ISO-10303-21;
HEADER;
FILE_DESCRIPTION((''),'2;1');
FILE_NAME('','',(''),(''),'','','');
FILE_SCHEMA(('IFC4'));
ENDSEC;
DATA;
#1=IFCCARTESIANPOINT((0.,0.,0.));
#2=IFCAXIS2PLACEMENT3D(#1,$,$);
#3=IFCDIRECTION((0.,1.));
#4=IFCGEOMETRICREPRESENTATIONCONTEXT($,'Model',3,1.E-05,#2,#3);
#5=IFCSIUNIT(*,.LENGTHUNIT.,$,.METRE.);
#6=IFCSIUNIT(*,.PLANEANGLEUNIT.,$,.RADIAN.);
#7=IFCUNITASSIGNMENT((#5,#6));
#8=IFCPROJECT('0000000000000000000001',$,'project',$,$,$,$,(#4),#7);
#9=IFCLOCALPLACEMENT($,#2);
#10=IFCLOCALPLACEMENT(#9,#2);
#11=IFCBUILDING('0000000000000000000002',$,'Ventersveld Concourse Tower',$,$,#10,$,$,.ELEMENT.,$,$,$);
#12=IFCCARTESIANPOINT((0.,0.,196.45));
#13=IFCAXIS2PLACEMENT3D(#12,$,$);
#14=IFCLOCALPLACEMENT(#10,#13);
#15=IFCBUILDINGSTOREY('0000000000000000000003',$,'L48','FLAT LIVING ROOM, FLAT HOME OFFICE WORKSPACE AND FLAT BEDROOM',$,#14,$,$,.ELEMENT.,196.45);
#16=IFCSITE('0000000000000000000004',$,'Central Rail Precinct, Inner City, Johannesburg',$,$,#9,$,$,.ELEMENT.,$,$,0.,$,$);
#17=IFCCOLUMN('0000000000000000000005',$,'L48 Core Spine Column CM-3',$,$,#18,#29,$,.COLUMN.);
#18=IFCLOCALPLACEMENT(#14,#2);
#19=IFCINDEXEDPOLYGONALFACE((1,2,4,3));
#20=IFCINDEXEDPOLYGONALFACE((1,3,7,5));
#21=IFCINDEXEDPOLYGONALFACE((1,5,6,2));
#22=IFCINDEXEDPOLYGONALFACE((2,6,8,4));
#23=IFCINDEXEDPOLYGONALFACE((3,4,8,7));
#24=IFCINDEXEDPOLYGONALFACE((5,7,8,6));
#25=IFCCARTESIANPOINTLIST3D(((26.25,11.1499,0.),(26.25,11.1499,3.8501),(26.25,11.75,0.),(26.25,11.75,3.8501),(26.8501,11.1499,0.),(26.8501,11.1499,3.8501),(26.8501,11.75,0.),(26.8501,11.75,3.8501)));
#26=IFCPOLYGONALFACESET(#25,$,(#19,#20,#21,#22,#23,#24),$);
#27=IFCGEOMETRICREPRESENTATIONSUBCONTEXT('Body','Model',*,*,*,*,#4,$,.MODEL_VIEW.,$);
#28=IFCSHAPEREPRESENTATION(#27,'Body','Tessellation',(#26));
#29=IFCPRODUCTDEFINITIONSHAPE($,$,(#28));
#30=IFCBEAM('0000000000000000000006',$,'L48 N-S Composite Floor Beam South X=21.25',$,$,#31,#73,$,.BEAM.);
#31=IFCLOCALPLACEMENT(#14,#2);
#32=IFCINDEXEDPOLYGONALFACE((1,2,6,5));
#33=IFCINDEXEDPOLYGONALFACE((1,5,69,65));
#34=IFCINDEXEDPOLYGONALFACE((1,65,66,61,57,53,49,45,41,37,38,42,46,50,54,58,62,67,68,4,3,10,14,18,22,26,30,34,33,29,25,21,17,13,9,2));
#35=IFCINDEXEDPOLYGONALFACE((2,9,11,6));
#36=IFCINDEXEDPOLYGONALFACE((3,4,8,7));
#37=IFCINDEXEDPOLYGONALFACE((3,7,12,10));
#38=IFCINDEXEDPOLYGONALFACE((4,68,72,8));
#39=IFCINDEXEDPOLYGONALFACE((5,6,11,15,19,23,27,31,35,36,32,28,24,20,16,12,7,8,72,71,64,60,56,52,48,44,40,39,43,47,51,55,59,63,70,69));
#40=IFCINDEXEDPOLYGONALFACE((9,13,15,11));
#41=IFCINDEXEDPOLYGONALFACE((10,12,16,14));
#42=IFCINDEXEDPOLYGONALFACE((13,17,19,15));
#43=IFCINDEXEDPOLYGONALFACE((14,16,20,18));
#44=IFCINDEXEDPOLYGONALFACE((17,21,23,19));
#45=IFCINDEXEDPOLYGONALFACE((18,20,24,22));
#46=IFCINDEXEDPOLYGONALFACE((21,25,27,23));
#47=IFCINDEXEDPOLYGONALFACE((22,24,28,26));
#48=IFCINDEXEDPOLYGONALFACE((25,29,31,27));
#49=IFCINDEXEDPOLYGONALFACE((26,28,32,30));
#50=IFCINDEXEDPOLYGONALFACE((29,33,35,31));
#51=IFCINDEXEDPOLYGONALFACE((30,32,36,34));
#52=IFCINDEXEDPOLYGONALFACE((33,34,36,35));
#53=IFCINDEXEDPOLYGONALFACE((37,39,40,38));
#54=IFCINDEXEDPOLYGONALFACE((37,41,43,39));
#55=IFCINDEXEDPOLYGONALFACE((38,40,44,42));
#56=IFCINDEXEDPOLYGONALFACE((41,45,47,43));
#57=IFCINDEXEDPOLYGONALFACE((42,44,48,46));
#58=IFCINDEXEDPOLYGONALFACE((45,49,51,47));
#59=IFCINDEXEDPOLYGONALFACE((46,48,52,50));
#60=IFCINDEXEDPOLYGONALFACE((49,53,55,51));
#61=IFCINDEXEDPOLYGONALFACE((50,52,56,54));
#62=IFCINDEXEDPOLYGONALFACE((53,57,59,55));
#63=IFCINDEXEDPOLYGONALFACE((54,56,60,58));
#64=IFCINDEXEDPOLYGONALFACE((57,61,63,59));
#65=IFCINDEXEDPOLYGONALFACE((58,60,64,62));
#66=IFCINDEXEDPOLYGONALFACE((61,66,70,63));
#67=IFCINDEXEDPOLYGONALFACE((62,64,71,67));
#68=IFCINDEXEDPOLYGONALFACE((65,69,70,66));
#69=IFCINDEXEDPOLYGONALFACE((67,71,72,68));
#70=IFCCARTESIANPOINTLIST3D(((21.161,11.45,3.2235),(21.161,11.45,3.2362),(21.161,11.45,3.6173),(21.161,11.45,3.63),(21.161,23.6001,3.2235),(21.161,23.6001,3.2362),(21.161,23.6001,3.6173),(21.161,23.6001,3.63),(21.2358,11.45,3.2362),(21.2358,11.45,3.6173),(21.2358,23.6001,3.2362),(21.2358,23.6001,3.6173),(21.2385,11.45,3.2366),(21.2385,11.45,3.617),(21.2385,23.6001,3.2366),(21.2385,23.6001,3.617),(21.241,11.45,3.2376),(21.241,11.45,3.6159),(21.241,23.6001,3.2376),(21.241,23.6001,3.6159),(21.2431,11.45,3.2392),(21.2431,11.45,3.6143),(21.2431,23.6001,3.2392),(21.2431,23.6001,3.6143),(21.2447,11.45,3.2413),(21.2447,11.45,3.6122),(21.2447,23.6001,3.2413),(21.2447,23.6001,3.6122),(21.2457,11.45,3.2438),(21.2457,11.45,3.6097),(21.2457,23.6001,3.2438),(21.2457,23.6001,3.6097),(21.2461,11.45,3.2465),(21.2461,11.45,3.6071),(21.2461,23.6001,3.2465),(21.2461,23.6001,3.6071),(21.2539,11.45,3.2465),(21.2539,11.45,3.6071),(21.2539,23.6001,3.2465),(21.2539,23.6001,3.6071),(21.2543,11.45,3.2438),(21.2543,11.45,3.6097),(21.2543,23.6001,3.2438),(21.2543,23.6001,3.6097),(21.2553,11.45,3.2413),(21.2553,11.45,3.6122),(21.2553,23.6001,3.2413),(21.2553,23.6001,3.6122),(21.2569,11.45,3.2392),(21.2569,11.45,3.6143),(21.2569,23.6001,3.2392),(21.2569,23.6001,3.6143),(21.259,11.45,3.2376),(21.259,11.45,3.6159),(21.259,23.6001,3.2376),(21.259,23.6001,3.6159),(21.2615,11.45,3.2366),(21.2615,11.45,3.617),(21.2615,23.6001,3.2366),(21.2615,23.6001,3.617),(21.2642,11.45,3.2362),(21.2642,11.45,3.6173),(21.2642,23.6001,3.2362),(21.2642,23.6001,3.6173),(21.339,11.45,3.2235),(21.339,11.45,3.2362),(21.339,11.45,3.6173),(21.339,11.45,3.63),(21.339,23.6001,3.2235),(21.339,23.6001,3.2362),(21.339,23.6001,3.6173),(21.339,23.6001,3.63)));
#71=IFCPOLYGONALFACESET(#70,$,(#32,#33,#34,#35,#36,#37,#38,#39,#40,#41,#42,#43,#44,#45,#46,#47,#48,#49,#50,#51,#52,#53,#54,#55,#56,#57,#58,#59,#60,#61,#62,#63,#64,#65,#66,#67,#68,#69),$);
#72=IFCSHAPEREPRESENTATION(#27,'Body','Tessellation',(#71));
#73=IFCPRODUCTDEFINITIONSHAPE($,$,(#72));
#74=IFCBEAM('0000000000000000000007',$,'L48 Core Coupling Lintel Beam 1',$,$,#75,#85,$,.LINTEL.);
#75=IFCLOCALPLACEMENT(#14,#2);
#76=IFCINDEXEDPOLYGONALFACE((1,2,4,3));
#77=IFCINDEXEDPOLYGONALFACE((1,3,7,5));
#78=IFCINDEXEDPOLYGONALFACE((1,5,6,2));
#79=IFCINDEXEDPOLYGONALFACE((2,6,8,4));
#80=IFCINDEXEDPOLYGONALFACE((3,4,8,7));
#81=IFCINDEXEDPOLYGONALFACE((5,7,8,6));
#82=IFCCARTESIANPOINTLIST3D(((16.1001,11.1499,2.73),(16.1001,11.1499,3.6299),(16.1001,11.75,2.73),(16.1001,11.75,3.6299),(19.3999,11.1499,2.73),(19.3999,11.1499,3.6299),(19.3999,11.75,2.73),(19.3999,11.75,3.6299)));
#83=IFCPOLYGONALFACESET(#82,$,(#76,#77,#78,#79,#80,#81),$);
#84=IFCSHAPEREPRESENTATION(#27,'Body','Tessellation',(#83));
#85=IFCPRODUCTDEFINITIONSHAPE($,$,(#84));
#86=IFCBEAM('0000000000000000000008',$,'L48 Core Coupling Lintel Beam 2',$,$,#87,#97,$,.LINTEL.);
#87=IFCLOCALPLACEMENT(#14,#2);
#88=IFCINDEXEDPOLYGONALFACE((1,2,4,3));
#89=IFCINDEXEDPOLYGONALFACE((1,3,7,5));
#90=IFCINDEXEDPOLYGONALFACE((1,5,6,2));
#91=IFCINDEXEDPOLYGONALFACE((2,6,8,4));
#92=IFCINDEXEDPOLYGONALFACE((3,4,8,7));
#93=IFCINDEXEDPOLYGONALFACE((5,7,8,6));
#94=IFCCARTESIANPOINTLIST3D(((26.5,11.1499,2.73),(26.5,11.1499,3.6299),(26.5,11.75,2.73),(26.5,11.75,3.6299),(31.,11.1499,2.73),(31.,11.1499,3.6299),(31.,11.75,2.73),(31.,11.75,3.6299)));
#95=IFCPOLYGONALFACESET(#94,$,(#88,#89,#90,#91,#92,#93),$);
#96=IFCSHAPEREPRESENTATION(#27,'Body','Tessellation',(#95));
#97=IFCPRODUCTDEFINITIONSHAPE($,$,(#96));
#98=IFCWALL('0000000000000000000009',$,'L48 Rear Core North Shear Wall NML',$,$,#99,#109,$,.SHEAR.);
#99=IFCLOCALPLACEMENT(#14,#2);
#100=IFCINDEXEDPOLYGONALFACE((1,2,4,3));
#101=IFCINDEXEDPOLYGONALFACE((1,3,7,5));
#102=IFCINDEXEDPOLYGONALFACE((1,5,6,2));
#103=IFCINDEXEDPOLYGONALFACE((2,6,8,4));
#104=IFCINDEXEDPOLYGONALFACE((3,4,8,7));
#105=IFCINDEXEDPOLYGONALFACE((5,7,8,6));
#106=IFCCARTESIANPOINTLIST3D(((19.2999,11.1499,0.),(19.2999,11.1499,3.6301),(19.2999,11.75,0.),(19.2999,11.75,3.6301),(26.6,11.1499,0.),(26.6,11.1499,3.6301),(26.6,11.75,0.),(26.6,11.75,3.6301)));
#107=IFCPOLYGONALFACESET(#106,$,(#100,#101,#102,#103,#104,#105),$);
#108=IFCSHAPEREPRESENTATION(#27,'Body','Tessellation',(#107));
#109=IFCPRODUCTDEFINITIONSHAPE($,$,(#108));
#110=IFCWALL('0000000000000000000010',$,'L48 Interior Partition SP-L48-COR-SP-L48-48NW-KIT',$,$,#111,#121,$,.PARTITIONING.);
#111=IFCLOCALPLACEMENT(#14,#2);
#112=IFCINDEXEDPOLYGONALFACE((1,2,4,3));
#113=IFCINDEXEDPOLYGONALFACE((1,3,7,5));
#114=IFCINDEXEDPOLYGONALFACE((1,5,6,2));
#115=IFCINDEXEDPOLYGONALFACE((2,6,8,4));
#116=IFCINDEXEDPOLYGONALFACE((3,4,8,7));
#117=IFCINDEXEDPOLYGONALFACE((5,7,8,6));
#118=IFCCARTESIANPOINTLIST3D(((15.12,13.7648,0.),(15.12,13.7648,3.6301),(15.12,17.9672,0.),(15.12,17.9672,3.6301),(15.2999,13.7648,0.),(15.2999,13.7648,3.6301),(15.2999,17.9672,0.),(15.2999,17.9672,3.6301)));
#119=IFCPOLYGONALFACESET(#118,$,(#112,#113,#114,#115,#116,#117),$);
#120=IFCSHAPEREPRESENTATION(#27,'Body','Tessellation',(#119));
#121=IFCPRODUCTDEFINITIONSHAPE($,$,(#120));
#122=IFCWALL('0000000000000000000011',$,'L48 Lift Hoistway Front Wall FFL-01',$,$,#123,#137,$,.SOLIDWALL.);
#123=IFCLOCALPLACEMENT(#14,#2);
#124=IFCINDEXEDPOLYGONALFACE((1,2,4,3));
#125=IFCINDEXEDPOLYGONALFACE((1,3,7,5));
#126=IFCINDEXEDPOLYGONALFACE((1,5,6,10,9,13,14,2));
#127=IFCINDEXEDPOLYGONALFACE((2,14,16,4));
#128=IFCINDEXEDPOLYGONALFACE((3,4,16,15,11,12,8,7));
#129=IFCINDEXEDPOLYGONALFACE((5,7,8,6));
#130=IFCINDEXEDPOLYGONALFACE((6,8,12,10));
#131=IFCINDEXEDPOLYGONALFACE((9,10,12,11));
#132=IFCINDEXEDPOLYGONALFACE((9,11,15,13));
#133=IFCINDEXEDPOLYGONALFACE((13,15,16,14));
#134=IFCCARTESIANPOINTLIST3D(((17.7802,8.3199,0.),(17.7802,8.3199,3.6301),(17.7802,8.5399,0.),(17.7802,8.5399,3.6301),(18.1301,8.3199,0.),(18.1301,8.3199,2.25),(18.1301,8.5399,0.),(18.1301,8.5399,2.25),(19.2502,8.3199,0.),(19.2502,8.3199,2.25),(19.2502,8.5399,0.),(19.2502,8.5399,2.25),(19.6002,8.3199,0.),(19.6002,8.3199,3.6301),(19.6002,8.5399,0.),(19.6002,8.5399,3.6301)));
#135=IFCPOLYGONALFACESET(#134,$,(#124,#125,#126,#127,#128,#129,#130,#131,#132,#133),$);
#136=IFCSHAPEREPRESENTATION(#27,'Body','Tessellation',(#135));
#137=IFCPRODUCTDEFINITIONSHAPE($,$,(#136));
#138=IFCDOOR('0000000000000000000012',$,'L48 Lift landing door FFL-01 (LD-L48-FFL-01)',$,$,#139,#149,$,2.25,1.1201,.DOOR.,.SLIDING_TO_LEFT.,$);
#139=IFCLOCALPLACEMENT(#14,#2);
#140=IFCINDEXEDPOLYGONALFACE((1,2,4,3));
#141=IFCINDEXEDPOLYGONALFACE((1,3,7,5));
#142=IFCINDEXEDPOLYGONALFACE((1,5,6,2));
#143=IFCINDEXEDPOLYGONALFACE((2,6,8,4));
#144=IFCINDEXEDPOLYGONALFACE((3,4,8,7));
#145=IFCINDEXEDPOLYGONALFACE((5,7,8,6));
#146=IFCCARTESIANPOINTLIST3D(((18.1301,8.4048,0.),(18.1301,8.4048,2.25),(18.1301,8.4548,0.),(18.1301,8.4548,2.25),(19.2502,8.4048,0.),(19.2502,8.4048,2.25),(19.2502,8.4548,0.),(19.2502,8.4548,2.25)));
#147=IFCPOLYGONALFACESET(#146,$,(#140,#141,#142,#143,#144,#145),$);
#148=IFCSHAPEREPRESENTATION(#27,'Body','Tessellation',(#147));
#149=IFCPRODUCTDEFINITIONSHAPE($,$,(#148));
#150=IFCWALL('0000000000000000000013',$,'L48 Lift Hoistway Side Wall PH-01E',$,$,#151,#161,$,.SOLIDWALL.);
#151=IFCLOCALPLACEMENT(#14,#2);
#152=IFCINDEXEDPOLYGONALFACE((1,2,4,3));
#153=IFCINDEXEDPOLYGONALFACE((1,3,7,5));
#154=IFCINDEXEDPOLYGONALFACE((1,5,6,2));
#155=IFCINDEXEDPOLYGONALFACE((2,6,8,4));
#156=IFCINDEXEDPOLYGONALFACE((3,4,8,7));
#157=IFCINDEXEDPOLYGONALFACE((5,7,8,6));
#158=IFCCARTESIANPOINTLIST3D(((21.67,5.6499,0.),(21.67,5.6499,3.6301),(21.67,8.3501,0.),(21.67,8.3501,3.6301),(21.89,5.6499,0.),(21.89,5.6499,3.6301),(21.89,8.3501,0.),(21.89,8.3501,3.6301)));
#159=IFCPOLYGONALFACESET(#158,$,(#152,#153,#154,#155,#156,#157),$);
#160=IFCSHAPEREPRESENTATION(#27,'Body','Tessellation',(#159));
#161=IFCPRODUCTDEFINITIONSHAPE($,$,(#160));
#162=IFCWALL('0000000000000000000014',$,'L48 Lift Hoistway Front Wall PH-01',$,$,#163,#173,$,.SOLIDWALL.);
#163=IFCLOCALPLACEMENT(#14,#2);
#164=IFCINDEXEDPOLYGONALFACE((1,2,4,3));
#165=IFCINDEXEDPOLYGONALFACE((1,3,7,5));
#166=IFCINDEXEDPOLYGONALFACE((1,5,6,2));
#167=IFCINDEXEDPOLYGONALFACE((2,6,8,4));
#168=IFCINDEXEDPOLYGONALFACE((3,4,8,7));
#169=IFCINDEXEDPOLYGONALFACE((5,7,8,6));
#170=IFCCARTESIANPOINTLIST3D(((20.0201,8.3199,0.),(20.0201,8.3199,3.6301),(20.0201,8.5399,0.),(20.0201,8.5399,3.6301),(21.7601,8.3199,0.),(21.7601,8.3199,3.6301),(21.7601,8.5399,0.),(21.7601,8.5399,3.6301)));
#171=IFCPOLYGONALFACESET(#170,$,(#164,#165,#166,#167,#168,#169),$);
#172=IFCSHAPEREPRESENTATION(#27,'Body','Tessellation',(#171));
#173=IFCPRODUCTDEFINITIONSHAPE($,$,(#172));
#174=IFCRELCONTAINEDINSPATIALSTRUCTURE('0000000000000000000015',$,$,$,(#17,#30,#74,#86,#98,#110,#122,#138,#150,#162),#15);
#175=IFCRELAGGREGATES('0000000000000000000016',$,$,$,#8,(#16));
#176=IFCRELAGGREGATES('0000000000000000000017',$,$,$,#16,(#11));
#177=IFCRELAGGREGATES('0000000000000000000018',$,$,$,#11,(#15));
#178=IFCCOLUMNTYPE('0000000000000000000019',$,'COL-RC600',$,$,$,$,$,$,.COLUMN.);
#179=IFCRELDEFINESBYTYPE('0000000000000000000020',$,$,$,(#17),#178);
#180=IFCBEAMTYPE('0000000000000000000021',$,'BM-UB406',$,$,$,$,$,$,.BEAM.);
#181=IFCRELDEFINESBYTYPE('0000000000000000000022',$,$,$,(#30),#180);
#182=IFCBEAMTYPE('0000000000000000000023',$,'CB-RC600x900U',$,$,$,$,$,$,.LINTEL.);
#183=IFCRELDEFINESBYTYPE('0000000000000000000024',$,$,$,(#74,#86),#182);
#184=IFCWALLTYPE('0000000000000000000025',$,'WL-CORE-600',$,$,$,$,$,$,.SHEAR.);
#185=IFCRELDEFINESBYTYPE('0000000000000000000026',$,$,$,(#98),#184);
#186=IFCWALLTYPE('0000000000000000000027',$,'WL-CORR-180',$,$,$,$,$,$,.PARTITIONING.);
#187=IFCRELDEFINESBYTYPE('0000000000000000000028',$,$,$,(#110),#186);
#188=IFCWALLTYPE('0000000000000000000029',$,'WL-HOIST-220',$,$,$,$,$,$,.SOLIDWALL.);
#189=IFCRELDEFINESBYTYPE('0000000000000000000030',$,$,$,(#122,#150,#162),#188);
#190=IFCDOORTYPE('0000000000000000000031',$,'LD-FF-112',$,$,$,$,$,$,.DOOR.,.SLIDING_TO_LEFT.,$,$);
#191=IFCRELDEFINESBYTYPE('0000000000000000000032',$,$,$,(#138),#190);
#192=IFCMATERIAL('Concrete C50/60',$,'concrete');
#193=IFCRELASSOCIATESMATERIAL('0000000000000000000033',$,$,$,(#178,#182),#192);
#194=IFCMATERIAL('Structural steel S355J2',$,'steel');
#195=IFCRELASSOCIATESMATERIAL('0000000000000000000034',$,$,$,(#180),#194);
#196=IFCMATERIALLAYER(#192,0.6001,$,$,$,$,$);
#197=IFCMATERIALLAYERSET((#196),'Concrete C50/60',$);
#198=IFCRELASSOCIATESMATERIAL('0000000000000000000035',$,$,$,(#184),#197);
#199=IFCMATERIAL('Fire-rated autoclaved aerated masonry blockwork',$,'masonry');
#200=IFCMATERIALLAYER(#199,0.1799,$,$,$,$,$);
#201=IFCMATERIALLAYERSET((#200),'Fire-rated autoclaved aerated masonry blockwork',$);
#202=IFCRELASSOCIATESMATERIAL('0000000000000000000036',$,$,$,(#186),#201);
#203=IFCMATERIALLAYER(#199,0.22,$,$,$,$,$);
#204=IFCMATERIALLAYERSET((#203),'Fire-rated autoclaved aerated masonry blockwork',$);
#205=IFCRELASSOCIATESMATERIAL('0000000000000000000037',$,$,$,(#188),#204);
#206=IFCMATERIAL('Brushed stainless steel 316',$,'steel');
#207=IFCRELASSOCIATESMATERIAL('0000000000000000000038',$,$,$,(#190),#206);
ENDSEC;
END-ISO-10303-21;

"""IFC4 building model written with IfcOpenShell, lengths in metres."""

from ifc_helpers import new_model, si_unit, direction, frame, frame_2d, origin, origin_2d, place, context, subcontext, project, spatial, rectangle, i_section, extrude, material, layer, layer_set, material_profile, profile_set, type_object, element, fill, save


model = new_model("IFC4")

# Units and contexts
model_context = context("Model", 3, precision=1e-05, world=origin(), true_north=direction((0.0, 1.0)))
body_context = subcontext(model_context, "Body", "Model", "MODEL_VIEW")
ifc_project = project(units=[si_unit("LENGTHUNIT", "METRE"), si_unit("PLANEANGLEUNIT", "RADIAN")], contexts=[model_context])

# Site, building, storey
site_placement = place(None, origin())
site = spatial("IfcSite", under=ifc_project, at=site_placement, Name="Central Rail Precinct, Inner City, Johannesburg", CompositionType="ELEMENT", RefElevation=0.0)
building_placement = place(site_placement, origin())
building = spatial("IfcBuilding", under=site, at=building_placement, Name="Ventersveld Concourse Tower", CompositionType="ELEMENT")
storey_placement = place(building_placement, frame((0.0, 0.0, 196.45)))
storey = spatial("IfcBuildingStorey", under=building, at=storey_placement, Name="L48", Description="FLAT LIVING ROOM, FLAT HOME OFFICE WORKSPACE AND FLAT BEDROOM", CompositionType="ELEMENT", Elevation=196.45)

# Column
ifc_material_1 = material(Name="Concrete C50/60", Category="concrete")
ifc_material_profile_1 = material_profile(ifc_material_1, rectangle(XDim=0.6001, YDim=0.6001, at=origin_2d()), Name="RC 600x600")
ifc_profile_set_1 = profile_set([ifc_material_profile_1], Name="Concrete C50/60")
column_type = type_object("IfcColumnType", Name="COL-RC600", PredefinedType="COLUMN", material=ifc_profile_set_1)
column_placement = place(storey_placement, frame((26.55, 11.45, 0.0), z_axis=(0.0, 0.0, 1.0), x_axis=(1.0, 0.0, 0.0)))
element("IfcColumn", 1, at=column_placement, inside=storey, type_object=column_type, Name="L48 Core Spine Column CM-3", PredefinedType="COLUMN", context=body_context, shape_type="SweptSolid", body=[
    extrude(rectangle(XDim=0.6001, YDim=0.6001, at=origin_2d()), origin(), (0.0, 0.0, 1.0), 3.8501),
])

# Beams
ifc_material_2 = material(Name="Structural steel S355J2", Category="steel")
ifc_material_profile_2 = material_profile(ifc_material_2, i_section(OverallWidth=0.178, OverallDepth=0.4065, WebThickness=0.0078, FlangeThickness=0.0127, FilletRadius=0.0103, at=origin_2d()), Name="UB 406x178x60")
ifc_profile_set_2 = profile_set([ifc_material_profile_2], Name="Structural steel S355J2")
beam_type_1 = type_object("IfcBeamType", Name="BM-UB406", PredefinedType="BEAM", material=ifc_profile_set_2)
beam_1_placement = place(storey_placement, frame((21.25, 11.45, 3.4268), z_axis=(0.0, 1.0, 0.0), x_axis=(-1.0, 0.0, 0.0)))
element("IfcBeam", 2, at=beam_1_placement, inside=storey, type_object=beam_type_1, Name="L48 N-S Composite Floor Beam South X=21.25", PredefinedType="BEAM", context=body_context, shape_type="SweptSolid", body=[
    extrude(i_section(OverallWidth=0.178, OverallDepth=0.4065, WebThickness=0.0078, FlangeThickness=0.0127, FilletRadius=0.0103, at=origin_2d()), origin(), (0.0, 0.0, 1.0), 12.1501),
])
ifc_material_profile_3 = material_profile(ifc_material_1, rectangle(XDim=0.6001, YDim=0.8999, at=origin_2d()), Name="RC 600x900")
ifc_profile_set_3 = profile_set([ifc_material_profile_3], Name="Concrete C50/60")
beam_type_2 = type_object("IfcBeamType", Name="CB-RC600x900U", PredefinedType="LINTEL", material=ifc_profile_set_3)
beam_2_placement = place(storey_placement, frame((16.1001, 11.45, 3.1799), z_axis=(1.0, 0.0, 0.0), x_axis=(0.0, 1.0, 0.0)))
element("IfcBeam", 3, at=beam_2_placement, inside=storey, type_object=beam_type_2, Name="L48 Core Coupling Lintel Beam 1", PredefinedType="LINTEL", context=body_context, shape_type="SweptSolid", body=[
    extrude(rectangle(XDim=0.6001, YDim=0.8999, at=origin_2d()), origin(), (0.0, 0.0, 1.0), 3.2998),
])
beam_3_placement = place(storey_placement, frame((26.5, 11.45, 3.1799), z_axis=(1.0, 0.0, 0.0), x_axis=(0.0, 1.0, 0.0)))
element("IfcBeam", 4, at=beam_3_placement, inside=storey, type_object=beam_type_2, Name="L48 Core Coupling Lintel Beam 2", PredefinedType="LINTEL", context=body_context, shape_type="SweptSolid", body=[
    extrude(rectangle(XDim=0.6001, YDim=0.8999, at=origin_2d()), origin(), (0.0, 0.0, 1.0), 4.5),
])

# Walls
ifc_layer_1 = layer(ifc_material_1, 0.6001)
ifc_layer_set_1 = layer_set([ifc_layer_1], Name="Concrete C50/60")
wall_type_1 = type_object("IfcWallType", Name="WL-CORE-600", PredefinedType="SHEAR", material=ifc_layer_set_1)
wall_1_placement = place(storey_placement, frame((19.3, 11.45, 0.0), z_axis=(0.0, 0.0, 1.0), x_axis=(1.0, 0.0, 0.0)))
element("IfcWall", 5, at=wall_1_placement, inside=storey, type_object=wall_type_1, Name="L48 Rear Core North Shear Wall NML", PredefinedType="SHEAR", context=body_context, shape_type="SweptSolid", body=[
    extrude(rectangle(XDim=7.3, YDim=0.6001, at=frame_2d((3.6499, 0.0))), origin(), (0.0, 0.0, 1.0), 3.6301),
])
ifc_material_3 = material(Name="Fire-rated autoclaved aerated masonry blockwork", Category="masonry")
ifc_layer_2 = layer(ifc_material_3, 0.1799)
ifc_layer_set_2 = layer_set([ifc_layer_2], Name="Fire-rated autoclaved aerated masonry blockwork")
wall_type_2 = type_object("IfcWallType", Name="WL-CORR-180", PredefinedType="PARTITIONING", material=ifc_layer_set_2)
wall_2_placement = place(storey_placement, frame((15.21, 13.7649, 0.0), z_axis=(0.0, 0.0, 1.0), x_axis=(0.0, 1.0, 0.0)))
element("IfcWall", 6, at=wall_2_placement, inside=storey, type_object=wall_type_2, Name="L48 Interior Partition SP-L48-COR-SP-L48-48NW-KIT", PredefinedType="PARTITIONING", context=body_context, shape_type="SweptSolid", body=[
    extrude(rectangle(XDim=4.2024, YDim=0.1799, at=frame_2d((2.1011, 0.0))), origin(), (0.0, 0.0, 1.0), 3.6301),
])

# Wall, opening, door
ifc_layer_3 = layer(ifc_material_3, 0.22)
ifc_layer_set_3 = layer_set([ifc_layer_3], Name="Fire-rated autoclaved aerated masonry blockwork")
wall_type_3 = type_object("IfcWallType", Name="WL-HOIST-220", PredefinedType="SOLIDWALL", material=ifc_layer_set_3)
wall_3_placement = place(storey_placement, frame((17.78, 8.4299, 0.0), z_axis=(0.0, 0.0, 1.0), x_axis=(1.0, 0.0, 0.0)))
wall_3 = element("IfcWall", 7, at=wall_3_placement, inside=storey, type_object=wall_type_3, Name="L48 Lift Hoistway Front Wall FFL-01", PredefinedType="SOLIDWALL", context=body_context, shape_type="SweptSolid", body=[
    extrude(rectangle(XDim=1.8201, YDim=0.22, at=frame_2d((0.9102, 0.0))), origin(), (0.0, 0.0, 1.0), 3.6301),
])
opening_1_placement = place(wall_3_placement, frame((0.3501, 0.0, 0.0)))
opening_1 = element("IfcOpeningElement", 8, at=opening_1_placement, cuts=wall_3, PredefinedType="OPENING", context=body_context, shape_type="SweptSolid", body=[
    extrude(rectangle(XDim=1.1201, YDim=2.25, at=frame_2d((0.5601, 1.125))), frame((0.0, 0.1201, 0.0), z_axis=(0.0, -1.0, 0.0), x_axis=(1.0, 0.0, 0.0)), (0.0, 0.0, 1.0), 0.24),
])
ifc_material_4 = material(Name="Brushed stainless steel 316", Category="steel")
door_type_1 = type_object("IfcDoorType", Name="LD-FF-112", OperationType="SLIDING_TO_LEFT", PredefinedType="DOOR", material=ifc_material_4)
door_1_placement = place(opening_1_placement, origin())
door_1 = element("IfcDoor", 9, at=door_1_placement, inside=storey, type_object=door_type_1, Name="L48 Lift landing door FFL-01 (LD-L48-FFL-01)", OperationType="SLIDING_TO_LEFT", OverallHeight=2.25, OverallWidth=1.1201, PredefinedType="DOOR", context=body_context, shape_type="SweptSolid", body=[
    extrude(rectangle(XDim=1.1201, YDim=2.25, at=frame_2d((0.5601, 1.125))), frame((0.0, 0.0249, 0.0), z_axis=(0.0, -1.0, 0.0), x_axis=(1.0, 0.0, 0.0)), (0.0, 0.0, 1.0), 0.05),
])
fill(opening_1, door_1)

# Walls
wall_4_placement = place(storey_placement, frame((21.78, 5.6499, 0.0), z_axis=(0.0, 0.0, 1.0), x_axis=(0.0, 1.0, 0.0)))
element("IfcWall", 10, at=wall_4_placement, inside=storey, type_object=wall_type_3, Name="L48 Lift Hoistway Side Wall PH-01E", PredefinedType="SOLIDWALL", context=body_context, shape_type="SweptSolid", body=[
    extrude(rectangle(XDim=2.7002, YDim=0.22, at=frame_2d((1.3501, 0.0))), origin(), (0.0, 0.0, 1.0), 3.6301),
])
wall_5_placement = place(storey_placement, frame((20.02, 8.4299, 0.0), z_axis=(0.0, 0.0, 1.0), x_axis=(1.0, 0.0, 0.0)))
element("IfcWall", 11, at=wall_5_placement, inside=storey, type_object=wall_type_3, Name="L48 Lift Hoistway Front Wall PH-01", PredefinedType="SOLIDWALL", context=body_context, shape_type="SweptSolid", body=[
    extrude(rectangle(XDim=1.74, YDim=0.22, at=frame_2d((0.8701, 0.0))), origin(), (0.0, 0.0, 1.0), 3.6301),
])

save(model, "model.ifc")
